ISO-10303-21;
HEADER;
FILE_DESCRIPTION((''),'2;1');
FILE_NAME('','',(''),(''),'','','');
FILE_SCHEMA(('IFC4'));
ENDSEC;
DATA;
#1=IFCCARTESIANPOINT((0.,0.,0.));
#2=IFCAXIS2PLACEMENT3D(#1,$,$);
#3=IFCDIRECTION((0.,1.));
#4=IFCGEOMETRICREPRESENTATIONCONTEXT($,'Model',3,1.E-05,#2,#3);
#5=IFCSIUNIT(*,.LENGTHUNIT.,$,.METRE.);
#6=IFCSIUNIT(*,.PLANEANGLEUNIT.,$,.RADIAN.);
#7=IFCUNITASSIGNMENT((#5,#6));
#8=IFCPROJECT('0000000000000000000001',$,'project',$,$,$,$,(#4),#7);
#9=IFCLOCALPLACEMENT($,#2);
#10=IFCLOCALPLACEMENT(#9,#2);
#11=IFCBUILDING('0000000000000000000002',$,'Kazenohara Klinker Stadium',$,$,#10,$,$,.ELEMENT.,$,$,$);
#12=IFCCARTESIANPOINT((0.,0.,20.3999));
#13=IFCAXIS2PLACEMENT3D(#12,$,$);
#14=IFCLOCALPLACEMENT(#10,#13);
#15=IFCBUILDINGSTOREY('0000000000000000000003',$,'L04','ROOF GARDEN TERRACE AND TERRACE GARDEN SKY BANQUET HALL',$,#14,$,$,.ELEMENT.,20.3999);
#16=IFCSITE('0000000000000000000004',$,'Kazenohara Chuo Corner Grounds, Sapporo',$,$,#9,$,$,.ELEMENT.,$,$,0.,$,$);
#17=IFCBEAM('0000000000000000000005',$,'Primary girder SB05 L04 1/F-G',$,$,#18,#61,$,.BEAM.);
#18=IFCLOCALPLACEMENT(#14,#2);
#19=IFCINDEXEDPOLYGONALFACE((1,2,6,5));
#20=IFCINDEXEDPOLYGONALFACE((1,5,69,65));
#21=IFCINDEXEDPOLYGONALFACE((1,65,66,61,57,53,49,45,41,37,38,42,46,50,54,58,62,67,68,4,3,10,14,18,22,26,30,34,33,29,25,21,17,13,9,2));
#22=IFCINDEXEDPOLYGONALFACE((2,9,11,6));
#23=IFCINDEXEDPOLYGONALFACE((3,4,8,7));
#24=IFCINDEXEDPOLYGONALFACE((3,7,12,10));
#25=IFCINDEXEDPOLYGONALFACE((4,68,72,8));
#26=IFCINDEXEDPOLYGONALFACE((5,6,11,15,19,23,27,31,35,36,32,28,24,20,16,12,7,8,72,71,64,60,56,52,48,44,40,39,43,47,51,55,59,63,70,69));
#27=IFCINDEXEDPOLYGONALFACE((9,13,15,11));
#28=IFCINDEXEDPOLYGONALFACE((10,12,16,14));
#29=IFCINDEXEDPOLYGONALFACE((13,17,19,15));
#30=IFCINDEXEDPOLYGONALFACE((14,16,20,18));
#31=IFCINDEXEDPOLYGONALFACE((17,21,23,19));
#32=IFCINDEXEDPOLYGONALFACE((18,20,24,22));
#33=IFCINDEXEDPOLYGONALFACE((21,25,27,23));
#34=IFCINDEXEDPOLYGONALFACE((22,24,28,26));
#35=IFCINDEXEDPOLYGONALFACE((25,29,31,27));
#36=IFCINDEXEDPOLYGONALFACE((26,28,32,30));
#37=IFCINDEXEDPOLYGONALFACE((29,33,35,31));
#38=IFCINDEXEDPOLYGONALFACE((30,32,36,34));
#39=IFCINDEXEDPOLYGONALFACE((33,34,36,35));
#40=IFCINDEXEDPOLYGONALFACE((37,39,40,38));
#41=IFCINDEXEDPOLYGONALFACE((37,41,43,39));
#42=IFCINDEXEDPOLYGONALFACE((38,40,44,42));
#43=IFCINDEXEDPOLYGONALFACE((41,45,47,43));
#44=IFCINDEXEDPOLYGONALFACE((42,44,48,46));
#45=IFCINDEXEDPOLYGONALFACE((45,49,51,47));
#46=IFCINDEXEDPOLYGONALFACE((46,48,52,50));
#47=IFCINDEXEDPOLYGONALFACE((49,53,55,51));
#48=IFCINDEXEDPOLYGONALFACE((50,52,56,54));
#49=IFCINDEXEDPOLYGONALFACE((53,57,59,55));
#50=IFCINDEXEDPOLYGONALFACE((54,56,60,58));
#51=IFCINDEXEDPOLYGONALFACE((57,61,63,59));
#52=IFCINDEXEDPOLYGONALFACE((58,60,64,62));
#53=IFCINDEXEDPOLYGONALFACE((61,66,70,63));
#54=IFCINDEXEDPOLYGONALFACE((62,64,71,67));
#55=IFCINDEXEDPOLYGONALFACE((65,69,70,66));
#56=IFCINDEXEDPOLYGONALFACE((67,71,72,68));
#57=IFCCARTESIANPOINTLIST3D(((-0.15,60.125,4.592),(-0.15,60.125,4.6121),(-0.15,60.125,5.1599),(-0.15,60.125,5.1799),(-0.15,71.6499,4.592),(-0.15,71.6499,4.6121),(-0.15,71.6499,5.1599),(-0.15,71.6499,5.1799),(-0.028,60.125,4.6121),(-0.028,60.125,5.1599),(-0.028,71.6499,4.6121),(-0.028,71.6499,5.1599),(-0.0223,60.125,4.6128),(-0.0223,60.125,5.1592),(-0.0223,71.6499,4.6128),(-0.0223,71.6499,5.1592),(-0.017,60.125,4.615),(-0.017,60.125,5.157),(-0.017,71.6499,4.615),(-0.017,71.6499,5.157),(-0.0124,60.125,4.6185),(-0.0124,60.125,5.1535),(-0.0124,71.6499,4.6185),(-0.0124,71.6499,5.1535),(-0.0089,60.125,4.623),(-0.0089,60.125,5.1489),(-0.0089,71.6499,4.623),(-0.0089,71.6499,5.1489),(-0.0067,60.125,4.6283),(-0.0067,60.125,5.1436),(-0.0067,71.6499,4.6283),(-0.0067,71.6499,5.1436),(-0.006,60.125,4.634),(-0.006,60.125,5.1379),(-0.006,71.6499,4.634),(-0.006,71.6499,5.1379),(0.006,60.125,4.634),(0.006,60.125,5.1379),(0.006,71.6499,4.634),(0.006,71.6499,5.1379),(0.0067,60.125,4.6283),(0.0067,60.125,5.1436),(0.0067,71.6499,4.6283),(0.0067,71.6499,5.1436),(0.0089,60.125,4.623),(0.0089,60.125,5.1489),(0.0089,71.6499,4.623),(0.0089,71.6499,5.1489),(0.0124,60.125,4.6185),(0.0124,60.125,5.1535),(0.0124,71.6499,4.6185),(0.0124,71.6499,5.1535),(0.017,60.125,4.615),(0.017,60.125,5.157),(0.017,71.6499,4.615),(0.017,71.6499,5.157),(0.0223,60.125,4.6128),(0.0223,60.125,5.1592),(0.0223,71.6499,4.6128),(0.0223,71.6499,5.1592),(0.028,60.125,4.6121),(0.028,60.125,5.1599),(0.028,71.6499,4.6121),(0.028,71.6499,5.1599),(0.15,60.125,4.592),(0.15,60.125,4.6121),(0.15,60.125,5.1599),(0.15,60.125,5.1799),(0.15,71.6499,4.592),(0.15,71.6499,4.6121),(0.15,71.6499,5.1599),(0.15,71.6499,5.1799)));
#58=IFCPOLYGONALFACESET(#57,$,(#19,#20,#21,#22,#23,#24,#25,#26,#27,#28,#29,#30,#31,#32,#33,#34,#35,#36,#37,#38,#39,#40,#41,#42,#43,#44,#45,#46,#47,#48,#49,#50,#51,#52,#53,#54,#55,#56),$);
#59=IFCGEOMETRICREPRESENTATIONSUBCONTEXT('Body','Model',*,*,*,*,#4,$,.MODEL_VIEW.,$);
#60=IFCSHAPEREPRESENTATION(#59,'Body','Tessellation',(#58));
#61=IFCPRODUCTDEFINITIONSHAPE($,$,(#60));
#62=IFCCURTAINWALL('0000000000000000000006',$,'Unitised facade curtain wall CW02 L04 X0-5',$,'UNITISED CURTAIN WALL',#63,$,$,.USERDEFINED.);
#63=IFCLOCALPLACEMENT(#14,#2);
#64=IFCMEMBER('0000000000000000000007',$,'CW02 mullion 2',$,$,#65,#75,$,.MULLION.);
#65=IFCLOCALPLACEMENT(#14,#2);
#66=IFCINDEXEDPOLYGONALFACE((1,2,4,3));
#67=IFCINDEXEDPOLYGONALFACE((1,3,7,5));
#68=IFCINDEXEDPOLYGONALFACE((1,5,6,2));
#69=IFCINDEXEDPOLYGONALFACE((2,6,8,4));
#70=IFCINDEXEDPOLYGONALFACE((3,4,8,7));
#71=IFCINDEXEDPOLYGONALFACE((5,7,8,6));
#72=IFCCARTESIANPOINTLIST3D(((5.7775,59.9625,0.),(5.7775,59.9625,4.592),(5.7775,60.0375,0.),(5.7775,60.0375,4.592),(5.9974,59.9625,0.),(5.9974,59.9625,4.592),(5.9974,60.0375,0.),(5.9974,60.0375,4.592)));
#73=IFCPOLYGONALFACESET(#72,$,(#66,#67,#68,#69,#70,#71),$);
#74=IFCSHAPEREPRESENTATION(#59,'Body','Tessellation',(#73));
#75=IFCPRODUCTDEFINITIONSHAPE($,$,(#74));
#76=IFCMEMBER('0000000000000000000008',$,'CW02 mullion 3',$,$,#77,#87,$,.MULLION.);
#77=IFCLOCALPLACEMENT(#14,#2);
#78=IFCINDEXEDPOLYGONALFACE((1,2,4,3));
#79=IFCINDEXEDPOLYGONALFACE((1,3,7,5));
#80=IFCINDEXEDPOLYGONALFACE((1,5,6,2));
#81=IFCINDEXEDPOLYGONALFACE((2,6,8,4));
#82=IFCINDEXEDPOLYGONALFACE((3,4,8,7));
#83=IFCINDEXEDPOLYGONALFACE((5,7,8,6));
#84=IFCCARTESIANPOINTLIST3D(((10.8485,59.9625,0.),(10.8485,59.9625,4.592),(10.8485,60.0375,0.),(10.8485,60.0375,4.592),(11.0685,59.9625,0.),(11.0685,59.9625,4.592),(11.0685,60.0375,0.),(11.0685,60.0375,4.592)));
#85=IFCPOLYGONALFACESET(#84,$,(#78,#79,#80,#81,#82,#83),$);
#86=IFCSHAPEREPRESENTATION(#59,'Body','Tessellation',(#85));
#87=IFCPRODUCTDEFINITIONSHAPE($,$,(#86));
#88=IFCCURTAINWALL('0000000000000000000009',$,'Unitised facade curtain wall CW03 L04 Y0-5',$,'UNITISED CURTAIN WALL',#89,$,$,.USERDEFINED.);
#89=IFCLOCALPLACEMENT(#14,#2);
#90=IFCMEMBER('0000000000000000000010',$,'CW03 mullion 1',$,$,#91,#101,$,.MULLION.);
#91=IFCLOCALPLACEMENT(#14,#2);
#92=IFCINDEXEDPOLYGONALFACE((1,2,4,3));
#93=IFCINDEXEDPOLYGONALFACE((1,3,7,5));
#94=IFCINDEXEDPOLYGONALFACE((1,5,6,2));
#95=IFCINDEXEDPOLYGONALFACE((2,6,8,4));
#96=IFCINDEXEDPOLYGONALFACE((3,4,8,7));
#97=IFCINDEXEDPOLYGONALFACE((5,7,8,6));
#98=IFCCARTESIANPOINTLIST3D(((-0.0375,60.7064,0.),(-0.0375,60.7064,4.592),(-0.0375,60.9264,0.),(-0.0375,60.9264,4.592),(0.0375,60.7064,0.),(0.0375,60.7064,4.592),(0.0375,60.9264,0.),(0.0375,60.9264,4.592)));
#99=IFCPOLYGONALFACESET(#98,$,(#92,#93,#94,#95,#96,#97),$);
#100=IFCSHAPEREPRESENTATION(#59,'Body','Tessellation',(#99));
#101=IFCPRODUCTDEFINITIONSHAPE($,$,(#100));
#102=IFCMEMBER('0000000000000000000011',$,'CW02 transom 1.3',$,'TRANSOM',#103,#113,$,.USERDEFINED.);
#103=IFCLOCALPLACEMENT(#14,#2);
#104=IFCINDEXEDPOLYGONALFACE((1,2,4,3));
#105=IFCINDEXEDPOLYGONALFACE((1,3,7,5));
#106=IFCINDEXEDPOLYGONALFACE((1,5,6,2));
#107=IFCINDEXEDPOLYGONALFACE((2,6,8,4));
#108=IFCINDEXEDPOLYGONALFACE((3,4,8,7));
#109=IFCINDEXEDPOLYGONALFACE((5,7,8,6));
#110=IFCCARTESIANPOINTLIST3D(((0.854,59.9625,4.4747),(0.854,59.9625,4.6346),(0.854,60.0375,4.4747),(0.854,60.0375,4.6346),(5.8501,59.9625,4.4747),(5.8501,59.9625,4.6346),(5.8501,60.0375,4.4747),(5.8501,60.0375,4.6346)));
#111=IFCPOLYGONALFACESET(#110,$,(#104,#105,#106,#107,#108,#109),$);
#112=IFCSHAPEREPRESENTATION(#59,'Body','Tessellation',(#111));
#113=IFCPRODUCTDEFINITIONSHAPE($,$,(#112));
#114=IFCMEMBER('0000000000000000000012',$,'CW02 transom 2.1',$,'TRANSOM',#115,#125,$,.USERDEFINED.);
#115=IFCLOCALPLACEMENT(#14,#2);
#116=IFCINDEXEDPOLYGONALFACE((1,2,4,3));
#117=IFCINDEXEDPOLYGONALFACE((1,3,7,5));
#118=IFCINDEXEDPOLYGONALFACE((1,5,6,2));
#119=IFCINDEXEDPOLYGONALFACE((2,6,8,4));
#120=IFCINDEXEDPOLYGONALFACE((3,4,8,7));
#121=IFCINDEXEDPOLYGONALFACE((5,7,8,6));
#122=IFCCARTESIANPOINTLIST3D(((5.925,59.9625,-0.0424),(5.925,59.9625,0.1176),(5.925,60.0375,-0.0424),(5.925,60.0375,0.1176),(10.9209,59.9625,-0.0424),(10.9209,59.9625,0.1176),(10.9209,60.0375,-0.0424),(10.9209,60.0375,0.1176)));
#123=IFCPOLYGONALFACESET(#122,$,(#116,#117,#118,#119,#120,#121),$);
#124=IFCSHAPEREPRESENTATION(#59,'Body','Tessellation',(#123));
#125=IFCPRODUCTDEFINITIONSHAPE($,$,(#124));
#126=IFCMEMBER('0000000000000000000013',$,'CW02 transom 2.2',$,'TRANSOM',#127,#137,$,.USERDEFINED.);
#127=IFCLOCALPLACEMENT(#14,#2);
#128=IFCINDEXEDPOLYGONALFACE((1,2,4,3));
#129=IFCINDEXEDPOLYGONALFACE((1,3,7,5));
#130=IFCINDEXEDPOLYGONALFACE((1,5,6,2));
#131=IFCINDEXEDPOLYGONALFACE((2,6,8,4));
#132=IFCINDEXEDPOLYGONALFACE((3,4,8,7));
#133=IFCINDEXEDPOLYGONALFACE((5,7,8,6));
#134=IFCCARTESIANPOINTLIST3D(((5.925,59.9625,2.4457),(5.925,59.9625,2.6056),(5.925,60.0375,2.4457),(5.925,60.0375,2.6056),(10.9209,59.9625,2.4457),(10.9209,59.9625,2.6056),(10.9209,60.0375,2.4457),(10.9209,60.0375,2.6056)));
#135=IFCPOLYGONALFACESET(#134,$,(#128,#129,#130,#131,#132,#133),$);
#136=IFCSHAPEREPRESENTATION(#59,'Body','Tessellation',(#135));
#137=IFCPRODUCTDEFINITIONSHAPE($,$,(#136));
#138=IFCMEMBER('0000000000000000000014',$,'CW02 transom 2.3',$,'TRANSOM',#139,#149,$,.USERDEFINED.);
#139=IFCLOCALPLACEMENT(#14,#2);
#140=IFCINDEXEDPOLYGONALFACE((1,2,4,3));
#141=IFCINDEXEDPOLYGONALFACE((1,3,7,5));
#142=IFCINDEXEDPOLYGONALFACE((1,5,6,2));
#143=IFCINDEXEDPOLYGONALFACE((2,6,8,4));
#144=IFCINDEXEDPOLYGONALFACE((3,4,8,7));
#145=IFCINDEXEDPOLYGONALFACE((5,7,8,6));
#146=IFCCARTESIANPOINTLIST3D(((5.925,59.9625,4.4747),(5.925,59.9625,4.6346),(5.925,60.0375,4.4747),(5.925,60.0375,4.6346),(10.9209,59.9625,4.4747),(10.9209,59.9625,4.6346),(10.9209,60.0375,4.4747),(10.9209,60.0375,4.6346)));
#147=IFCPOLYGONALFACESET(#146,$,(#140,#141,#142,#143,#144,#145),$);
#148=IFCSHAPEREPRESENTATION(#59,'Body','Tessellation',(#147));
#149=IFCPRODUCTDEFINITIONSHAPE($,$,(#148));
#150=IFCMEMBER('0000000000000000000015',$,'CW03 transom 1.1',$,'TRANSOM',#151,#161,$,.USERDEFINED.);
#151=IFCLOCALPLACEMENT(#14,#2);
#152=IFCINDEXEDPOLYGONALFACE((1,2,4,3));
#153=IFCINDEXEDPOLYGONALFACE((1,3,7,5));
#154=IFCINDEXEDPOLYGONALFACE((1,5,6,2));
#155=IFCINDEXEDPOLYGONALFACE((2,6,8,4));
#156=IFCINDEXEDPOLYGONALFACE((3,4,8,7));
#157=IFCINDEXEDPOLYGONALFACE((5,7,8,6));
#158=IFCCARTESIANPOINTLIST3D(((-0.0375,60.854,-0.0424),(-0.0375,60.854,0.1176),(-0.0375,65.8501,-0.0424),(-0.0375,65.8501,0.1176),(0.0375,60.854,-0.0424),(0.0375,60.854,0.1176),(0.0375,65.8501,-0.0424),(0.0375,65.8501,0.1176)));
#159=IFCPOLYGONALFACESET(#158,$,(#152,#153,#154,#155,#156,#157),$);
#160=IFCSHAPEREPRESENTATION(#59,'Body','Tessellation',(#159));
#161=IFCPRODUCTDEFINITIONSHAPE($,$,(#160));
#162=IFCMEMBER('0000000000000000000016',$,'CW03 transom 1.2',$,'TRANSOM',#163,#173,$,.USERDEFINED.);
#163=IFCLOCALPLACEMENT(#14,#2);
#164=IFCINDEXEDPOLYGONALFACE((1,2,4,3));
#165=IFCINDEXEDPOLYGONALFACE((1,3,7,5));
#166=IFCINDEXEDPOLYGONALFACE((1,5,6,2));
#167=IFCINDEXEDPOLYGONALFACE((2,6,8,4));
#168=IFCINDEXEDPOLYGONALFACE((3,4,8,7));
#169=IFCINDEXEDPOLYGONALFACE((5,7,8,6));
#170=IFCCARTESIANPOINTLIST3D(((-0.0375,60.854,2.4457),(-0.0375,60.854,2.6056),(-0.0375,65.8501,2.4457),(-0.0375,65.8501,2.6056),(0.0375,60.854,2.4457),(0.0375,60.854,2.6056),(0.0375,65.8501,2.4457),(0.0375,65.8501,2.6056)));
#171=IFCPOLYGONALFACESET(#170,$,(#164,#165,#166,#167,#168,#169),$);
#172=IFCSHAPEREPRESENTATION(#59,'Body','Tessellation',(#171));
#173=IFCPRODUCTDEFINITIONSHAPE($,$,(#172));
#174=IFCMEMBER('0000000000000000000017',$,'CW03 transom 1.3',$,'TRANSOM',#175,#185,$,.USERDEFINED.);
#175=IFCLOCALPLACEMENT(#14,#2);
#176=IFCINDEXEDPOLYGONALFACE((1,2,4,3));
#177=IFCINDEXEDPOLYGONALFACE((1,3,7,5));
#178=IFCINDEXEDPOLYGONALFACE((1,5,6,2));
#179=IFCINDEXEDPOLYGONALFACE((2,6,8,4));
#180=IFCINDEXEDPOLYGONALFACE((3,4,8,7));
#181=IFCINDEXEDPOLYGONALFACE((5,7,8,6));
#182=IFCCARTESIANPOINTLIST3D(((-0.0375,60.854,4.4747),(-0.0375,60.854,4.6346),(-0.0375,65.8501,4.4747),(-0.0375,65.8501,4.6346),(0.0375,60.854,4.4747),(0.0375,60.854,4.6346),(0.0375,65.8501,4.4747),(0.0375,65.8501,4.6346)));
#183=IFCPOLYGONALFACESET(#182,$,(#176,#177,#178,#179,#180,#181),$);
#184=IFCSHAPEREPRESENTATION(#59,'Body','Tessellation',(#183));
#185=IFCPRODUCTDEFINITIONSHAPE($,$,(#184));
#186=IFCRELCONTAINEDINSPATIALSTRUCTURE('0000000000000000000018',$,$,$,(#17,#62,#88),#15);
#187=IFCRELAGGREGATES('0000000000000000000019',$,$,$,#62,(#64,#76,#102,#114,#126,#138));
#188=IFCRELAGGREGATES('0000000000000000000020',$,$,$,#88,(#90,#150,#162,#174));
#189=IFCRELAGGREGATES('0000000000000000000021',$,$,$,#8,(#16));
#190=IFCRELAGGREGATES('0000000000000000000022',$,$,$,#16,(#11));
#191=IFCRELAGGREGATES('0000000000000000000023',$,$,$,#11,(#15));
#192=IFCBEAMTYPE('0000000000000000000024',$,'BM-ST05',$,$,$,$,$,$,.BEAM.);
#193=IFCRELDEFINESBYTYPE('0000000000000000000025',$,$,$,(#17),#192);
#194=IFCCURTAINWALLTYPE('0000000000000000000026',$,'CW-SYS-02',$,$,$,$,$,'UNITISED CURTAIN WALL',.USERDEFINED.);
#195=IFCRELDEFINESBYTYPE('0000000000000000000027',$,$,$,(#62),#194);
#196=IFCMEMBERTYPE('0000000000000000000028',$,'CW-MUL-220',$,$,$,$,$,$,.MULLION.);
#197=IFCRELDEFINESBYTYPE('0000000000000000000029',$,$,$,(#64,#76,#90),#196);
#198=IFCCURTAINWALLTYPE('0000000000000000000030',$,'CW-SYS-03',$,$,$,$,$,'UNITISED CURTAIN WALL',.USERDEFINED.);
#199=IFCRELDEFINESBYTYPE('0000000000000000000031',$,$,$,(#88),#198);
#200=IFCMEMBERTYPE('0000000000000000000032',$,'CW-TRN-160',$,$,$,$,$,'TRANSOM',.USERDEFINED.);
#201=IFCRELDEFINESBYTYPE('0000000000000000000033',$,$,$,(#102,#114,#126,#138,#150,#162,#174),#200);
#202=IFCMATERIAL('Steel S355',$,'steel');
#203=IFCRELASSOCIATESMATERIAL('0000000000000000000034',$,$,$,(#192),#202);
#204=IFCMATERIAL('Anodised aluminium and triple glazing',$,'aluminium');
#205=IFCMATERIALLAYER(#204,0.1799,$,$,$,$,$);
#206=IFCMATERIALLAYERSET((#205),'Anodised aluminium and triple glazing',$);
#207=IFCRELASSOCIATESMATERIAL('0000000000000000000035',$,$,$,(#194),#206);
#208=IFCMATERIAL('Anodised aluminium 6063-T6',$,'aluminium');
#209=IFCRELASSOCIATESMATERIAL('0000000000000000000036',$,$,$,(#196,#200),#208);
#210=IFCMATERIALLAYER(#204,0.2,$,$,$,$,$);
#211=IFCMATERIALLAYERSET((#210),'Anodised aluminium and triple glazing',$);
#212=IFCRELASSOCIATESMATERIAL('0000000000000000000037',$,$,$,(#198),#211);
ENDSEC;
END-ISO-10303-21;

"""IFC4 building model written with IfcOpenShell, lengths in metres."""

from ifc_helpers import new_model, si_unit, direction, frame, origin, origin_2d, place, context, subcontext, project, spatial, rectangle, i_section, extrude, material, layer, layer_set, material_profile, profile_set, type_object, element, aggregate, save


model = new_model("IFC4")

# Units and contexts
model_context = context("Model", 3, precision=1e-05, world=origin(), true_north=direction((0.0, 1.0)))
body_context = subcontext(model_context, "Body", "Model", "MODEL_VIEW")
ifc_project = project(units=[si_unit("LENGTHUNIT", "METRE"), si_unit("PLANEANGLEUNIT", "RADIAN")], contexts=[model_context])

# Site, building, storey
site_placement = place(None, origin())
site = spatial("IfcSite", under=ifc_project, at=site_placement, Name="Kazenohara Chuo Corner Grounds, Sapporo", CompositionType="ELEMENT", RefElevation=0.0)
building_placement = place(site_placement, origin())
building = spatial("IfcBuilding", under=site, at=building_placement, Name="Kazenohara Klinker Stadium", CompositionType="ELEMENT")
storey_placement = place(building_placement, frame((0.0, 0.0, 20.3999)))
storey = spatial("IfcBuildingStorey", under=building, at=storey_placement, Name="L04", Description="ROOF GARDEN TERRACE AND TERRACE GARDEN SKY BANQUET HALL", CompositionType="ELEMENT", Elevation=20.3999)

# Beam
ifc_material_1 = material(Name="Steel S355", Category="steel")
ifc_material_profile_1 = material_profile(ifc_material_1, i_section(OverallWidth=0.3, OverallDepth=0.5879, WebThickness=0.012, FlangeThickness=0.02, FilletRadius=0.022, at=origin_2d()), Name="H-588x300x12x20")
ifc_profile_set_1 = profile_set([ifc_material_profile_1], Name="Steel S355")
beam_type = type_object("IfcBeamType", Name="BM-ST05", PredefinedType="BEAM", material=ifc_profile_set_1)
beam_placement = place(storey_placement, frame((0.0, 60.125, 4.886), z_axis=(0.0, 1.0, 0.0), x_axis=(-1.0, 0.0, 0.0)))
element("IfcBeam", 1, at=beam_placement, inside=storey, type_object=beam_type, Name="Primary girder SB05 L04 1/F-G", PredefinedType="BEAM", context=body_context, shape_type="SweptSolid", body=[
    extrude(i_section(OverallWidth=0.3, OverallDepth=0.5879, WebThickness=0.012, FlangeThickness=0.02, FilletRadius=0.022, at=origin_2d()), origin(), (0.0, 0.0, 1.0), 11.5249),
])

# Curtain wall, members
ifc_material_2 = material(Name="Anodised aluminium and triple glazing", Category="aluminium")
ifc_layer_1 = layer(ifc_material_2, 0.1799)
ifc_layer_set_1 = layer_set([ifc_layer_1], Name="Anodised aluminium and triple glazing")
curtain_wall_type_1 = type_object("IfcCurtainWallType", Name="CW-SYS-02", ElementType="UNITISED CURTAIN WALL", PredefinedType="USERDEFINED", material=ifc_layer_set_1)
curtain_wall_1_placement = place(storey_placement, origin())
curtain_wall_1 = element("IfcCurtainWall", 2, at=curtain_wall_1_placement, inside=storey, type_object=curtain_wall_type_1, Name="Unitised facade curtain wall CW02 L04 X0-5", ObjectType="UNITISED CURTAIN WALL", PredefinedType="USERDEFINED")
ifc_material_3 = material(Name="Anodised aluminium 6063-T6", Category="aluminium")
ifc_material_profile_2 = material_profile(ifc_material_3, rectangle(XDim=0.075, YDim=0.22, at=origin_2d()), Name="ALU-MUL-75x220")
ifc_profile_set_2 = profile_set([ifc_material_profile_2], Name="Anodised aluminium 6063-T6")
member_type_1 = type_object("IfcMemberType", Name="CW-MUL-220", PredefinedType="MULLION", material=ifc_profile_set_2)
member_1_placement = place(storey_placement, frame((5.8875, 60.0, 0.0), z_axis=(0.0, 0.0, 1.0), x_axis=(0.0, 1.0, 0.0)))
member_1 = element("IfcMember", 3, at=member_1_placement, type_object=member_type_1, Name="CW02 mullion 2", PredefinedType="MULLION", context=body_context, shape_type="SweptSolid", body=[
    extrude(rectangle(XDim=0.075, YDim=0.22, at=origin_2d()), origin(), (0.0, 0.0, 1.0), 4.592),
])
member_2_placement = place(storey_placement, frame((10.9585, 60.0, 0.0), z_axis=(0.0, 0.0, 1.0), x_axis=(0.0, 1.0, 0.0)))
member_2 = element("IfcMember", 4, at=member_2_placement, type_object=member_type_1, Name="CW02 mullion 3", PredefinedType="MULLION", context=body_context, shape_type="SweptSolid", body=[
    extrude(rectangle(XDim=0.075, YDim=0.22, at=origin_2d()), origin(), (0.0, 0.0, 1.0), 4.592),
])

# Curtain wall, member
ifc_layer_2 = layer(ifc_material_2, 0.2)
ifc_layer_set_2 = layer_set([ifc_layer_2], Name="Anodised aluminium and triple glazing")
curtain_wall_type_2 = type_object("IfcCurtainWallType", Name="CW-SYS-03", ElementType="UNITISED CURTAIN WALL", PredefinedType="USERDEFINED", material=ifc_layer_set_2)
curtain_wall_2_placement = place(storey_placement, origin())
curtain_wall_2 = element("IfcCurtainWall", 5, at=curtain_wall_2_placement, inside=storey, type_object=curtain_wall_type_2, Name="Unitised facade curtain wall CW03 L04 Y0-5", ObjectType="UNITISED CURTAIN WALL", PredefinedType="USERDEFINED")
member_3_placement = place(storey_placement, frame((0.0, 60.8164, 0.0), z_axis=(0.0, 0.0, 1.0), x_axis=(-1.0, 0.0, 0.0)))
member_3 = element("IfcMember", 6, at=member_3_placement, type_object=member_type_1, Name="CW03 mullion 1", PredefinedType="MULLION", context=body_context, shape_type="SweptSolid", body=[
    extrude(rectangle(XDim=0.075, YDim=0.22, at=origin_2d()), origin(), (0.0, 0.0, 1.0), 4.592),
])

# Members
ifc_material_profile_3 = material_profile(ifc_material_3, rectangle(XDim=0.075, YDim=0.1599, at=origin_2d()), Name="ALU-TRN-75x160")
ifc_profile_set_3 = profile_set([ifc_material_profile_3], Name="Anodised aluminium 6063-T6")
member_type_2 = type_object("IfcMemberType", Name="CW-TRN-160", ElementType="TRANSOM", PredefinedType="USERDEFINED", material=ifc_profile_set_3)
member_4_placement = place(storey_placement, frame((0.854, 60.0, 4.5547), z_axis=(1.0, 0.0, 0.0), x_axis=(0.0, 1.0, 0.0)))
member_4 = element("IfcMember", 7, at=member_4_placement, type_object=member_type_2, Name="CW02 transom 1.3", ObjectType="TRANSOM", PredefinedType="USERDEFINED", context=body_context, shape_type="SweptSolid", body=[
    extrude(rectangle(XDim=0.075, YDim=0.1599, at=origin_2d()), origin(), (0.0, 0.0, 1.0), 4.9961),
])
member_5_placement = place(storey_placement, frame((5.925, 60.0, 0.0376), z_axis=(1.0, 0.0, 0.0), x_axis=(0.0, 1.0, 0.0)))
member_5 = element("IfcMember", 8, at=member_5_placement, type_object=member_type_2, Name="CW02 transom 2.1", ObjectType="TRANSOM", PredefinedType="USERDEFINED", context=body_context, shape_type="SweptSolid", body=[
    extrude(rectangle(XDim=0.075, YDim=0.1599, at=origin_2d()), origin(), (0.0, 0.0, 1.0), 4.9958),
])
member_6_placement = place(storey_placement, frame((5.925, 60.0, 2.5256), z_axis=(1.0, 0.0, 0.0), x_axis=(0.0, 1.0, 0.0)))
member_6 = element("IfcMember", 9, at=member_6_placement, type_object=member_type_2, Name="CW02 transom 2.2", ObjectType="TRANSOM", PredefinedType="USERDEFINED", context=body_context, shape_type="SweptSolid", body=[
    extrude(rectangle(XDim=0.075, YDim=0.1599, at=origin_2d()), origin(), (0.0, 0.0, 1.0), 4.9958),
])
member_7_placement = place(storey_placement, frame((5.925, 60.0, 4.5547), z_axis=(1.0, 0.0, 0.0), x_axis=(0.0, 1.0, 0.0)))
member_7 = element("IfcMember", 10, at=member_7_placement, type_object=member_type_2, Name="CW02 transom 2.3", ObjectType="TRANSOM", PredefinedType="USERDEFINED", context=body_context, shape_type="SweptSolid", body=[
    extrude(rectangle(XDim=0.075, YDim=0.1599, at=origin_2d()), origin(), (0.0, 0.0, 1.0), 4.9958),
])
member_8_placement = place(storey_placement, frame((0.0, 60.854, 0.0376), z_axis=(0.0, 1.0, 0.0), x_axis=(-1.0, 0.0, 0.0)))
member_8 = element("IfcMember", 11, at=member_8_placement, type_object=member_type_2, Name="CW03 transom 1.1", ObjectType="TRANSOM", PredefinedType="USERDEFINED", context=body_context, shape_type="SweptSolid", body=[
    extrude(rectangle(XDim=0.075, YDim=0.1599, at=origin_2d()), origin(), (0.0, 0.0, 1.0), 4.9961),
])
member_9_placement = place(storey_placement, frame((0.0, 60.854, 2.5256), z_axis=(0.0, 1.0, 0.0), x_axis=(-1.0, 0.0, 0.0)))
member_9 = element("IfcMember", 12, at=member_9_placement, type_object=member_type_2, Name="CW03 transom 1.2", ObjectType="TRANSOM", PredefinedType="USERDEFINED", context=body_context, shape_type="SweptSolid", body=[
    extrude(rectangle(XDim=0.075, YDim=0.1599, at=origin_2d()), origin(), (0.0, 0.0, 1.0), 4.9961),
])
member_10_placement = place(storey_placement, frame((0.0, 60.854, 4.5547), z_axis=(0.0, 1.0, 0.0), x_axis=(-1.0, 0.0, 0.0)))
member_10 = element("IfcMember", 13, at=member_10_placement, type_object=member_type_2, Name="CW03 transom 1.3", ObjectType="TRANSOM", PredefinedType="USERDEFINED", context=body_context, shape_type="SweptSolid", body=[
    extrude(rectangle(XDim=0.075, YDim=0.1599, at=origin_2d()), origin(), (0.0, 0.0, 1.0), 4.9961),
])

aggregate(curtain_wall_1, [member_1, member_2, member_4, member_5, member_6, member_7])
aggregate(curtain_wall_2, [member_3, member_8, member_9, member_10])

save(model, "model.ifc")
